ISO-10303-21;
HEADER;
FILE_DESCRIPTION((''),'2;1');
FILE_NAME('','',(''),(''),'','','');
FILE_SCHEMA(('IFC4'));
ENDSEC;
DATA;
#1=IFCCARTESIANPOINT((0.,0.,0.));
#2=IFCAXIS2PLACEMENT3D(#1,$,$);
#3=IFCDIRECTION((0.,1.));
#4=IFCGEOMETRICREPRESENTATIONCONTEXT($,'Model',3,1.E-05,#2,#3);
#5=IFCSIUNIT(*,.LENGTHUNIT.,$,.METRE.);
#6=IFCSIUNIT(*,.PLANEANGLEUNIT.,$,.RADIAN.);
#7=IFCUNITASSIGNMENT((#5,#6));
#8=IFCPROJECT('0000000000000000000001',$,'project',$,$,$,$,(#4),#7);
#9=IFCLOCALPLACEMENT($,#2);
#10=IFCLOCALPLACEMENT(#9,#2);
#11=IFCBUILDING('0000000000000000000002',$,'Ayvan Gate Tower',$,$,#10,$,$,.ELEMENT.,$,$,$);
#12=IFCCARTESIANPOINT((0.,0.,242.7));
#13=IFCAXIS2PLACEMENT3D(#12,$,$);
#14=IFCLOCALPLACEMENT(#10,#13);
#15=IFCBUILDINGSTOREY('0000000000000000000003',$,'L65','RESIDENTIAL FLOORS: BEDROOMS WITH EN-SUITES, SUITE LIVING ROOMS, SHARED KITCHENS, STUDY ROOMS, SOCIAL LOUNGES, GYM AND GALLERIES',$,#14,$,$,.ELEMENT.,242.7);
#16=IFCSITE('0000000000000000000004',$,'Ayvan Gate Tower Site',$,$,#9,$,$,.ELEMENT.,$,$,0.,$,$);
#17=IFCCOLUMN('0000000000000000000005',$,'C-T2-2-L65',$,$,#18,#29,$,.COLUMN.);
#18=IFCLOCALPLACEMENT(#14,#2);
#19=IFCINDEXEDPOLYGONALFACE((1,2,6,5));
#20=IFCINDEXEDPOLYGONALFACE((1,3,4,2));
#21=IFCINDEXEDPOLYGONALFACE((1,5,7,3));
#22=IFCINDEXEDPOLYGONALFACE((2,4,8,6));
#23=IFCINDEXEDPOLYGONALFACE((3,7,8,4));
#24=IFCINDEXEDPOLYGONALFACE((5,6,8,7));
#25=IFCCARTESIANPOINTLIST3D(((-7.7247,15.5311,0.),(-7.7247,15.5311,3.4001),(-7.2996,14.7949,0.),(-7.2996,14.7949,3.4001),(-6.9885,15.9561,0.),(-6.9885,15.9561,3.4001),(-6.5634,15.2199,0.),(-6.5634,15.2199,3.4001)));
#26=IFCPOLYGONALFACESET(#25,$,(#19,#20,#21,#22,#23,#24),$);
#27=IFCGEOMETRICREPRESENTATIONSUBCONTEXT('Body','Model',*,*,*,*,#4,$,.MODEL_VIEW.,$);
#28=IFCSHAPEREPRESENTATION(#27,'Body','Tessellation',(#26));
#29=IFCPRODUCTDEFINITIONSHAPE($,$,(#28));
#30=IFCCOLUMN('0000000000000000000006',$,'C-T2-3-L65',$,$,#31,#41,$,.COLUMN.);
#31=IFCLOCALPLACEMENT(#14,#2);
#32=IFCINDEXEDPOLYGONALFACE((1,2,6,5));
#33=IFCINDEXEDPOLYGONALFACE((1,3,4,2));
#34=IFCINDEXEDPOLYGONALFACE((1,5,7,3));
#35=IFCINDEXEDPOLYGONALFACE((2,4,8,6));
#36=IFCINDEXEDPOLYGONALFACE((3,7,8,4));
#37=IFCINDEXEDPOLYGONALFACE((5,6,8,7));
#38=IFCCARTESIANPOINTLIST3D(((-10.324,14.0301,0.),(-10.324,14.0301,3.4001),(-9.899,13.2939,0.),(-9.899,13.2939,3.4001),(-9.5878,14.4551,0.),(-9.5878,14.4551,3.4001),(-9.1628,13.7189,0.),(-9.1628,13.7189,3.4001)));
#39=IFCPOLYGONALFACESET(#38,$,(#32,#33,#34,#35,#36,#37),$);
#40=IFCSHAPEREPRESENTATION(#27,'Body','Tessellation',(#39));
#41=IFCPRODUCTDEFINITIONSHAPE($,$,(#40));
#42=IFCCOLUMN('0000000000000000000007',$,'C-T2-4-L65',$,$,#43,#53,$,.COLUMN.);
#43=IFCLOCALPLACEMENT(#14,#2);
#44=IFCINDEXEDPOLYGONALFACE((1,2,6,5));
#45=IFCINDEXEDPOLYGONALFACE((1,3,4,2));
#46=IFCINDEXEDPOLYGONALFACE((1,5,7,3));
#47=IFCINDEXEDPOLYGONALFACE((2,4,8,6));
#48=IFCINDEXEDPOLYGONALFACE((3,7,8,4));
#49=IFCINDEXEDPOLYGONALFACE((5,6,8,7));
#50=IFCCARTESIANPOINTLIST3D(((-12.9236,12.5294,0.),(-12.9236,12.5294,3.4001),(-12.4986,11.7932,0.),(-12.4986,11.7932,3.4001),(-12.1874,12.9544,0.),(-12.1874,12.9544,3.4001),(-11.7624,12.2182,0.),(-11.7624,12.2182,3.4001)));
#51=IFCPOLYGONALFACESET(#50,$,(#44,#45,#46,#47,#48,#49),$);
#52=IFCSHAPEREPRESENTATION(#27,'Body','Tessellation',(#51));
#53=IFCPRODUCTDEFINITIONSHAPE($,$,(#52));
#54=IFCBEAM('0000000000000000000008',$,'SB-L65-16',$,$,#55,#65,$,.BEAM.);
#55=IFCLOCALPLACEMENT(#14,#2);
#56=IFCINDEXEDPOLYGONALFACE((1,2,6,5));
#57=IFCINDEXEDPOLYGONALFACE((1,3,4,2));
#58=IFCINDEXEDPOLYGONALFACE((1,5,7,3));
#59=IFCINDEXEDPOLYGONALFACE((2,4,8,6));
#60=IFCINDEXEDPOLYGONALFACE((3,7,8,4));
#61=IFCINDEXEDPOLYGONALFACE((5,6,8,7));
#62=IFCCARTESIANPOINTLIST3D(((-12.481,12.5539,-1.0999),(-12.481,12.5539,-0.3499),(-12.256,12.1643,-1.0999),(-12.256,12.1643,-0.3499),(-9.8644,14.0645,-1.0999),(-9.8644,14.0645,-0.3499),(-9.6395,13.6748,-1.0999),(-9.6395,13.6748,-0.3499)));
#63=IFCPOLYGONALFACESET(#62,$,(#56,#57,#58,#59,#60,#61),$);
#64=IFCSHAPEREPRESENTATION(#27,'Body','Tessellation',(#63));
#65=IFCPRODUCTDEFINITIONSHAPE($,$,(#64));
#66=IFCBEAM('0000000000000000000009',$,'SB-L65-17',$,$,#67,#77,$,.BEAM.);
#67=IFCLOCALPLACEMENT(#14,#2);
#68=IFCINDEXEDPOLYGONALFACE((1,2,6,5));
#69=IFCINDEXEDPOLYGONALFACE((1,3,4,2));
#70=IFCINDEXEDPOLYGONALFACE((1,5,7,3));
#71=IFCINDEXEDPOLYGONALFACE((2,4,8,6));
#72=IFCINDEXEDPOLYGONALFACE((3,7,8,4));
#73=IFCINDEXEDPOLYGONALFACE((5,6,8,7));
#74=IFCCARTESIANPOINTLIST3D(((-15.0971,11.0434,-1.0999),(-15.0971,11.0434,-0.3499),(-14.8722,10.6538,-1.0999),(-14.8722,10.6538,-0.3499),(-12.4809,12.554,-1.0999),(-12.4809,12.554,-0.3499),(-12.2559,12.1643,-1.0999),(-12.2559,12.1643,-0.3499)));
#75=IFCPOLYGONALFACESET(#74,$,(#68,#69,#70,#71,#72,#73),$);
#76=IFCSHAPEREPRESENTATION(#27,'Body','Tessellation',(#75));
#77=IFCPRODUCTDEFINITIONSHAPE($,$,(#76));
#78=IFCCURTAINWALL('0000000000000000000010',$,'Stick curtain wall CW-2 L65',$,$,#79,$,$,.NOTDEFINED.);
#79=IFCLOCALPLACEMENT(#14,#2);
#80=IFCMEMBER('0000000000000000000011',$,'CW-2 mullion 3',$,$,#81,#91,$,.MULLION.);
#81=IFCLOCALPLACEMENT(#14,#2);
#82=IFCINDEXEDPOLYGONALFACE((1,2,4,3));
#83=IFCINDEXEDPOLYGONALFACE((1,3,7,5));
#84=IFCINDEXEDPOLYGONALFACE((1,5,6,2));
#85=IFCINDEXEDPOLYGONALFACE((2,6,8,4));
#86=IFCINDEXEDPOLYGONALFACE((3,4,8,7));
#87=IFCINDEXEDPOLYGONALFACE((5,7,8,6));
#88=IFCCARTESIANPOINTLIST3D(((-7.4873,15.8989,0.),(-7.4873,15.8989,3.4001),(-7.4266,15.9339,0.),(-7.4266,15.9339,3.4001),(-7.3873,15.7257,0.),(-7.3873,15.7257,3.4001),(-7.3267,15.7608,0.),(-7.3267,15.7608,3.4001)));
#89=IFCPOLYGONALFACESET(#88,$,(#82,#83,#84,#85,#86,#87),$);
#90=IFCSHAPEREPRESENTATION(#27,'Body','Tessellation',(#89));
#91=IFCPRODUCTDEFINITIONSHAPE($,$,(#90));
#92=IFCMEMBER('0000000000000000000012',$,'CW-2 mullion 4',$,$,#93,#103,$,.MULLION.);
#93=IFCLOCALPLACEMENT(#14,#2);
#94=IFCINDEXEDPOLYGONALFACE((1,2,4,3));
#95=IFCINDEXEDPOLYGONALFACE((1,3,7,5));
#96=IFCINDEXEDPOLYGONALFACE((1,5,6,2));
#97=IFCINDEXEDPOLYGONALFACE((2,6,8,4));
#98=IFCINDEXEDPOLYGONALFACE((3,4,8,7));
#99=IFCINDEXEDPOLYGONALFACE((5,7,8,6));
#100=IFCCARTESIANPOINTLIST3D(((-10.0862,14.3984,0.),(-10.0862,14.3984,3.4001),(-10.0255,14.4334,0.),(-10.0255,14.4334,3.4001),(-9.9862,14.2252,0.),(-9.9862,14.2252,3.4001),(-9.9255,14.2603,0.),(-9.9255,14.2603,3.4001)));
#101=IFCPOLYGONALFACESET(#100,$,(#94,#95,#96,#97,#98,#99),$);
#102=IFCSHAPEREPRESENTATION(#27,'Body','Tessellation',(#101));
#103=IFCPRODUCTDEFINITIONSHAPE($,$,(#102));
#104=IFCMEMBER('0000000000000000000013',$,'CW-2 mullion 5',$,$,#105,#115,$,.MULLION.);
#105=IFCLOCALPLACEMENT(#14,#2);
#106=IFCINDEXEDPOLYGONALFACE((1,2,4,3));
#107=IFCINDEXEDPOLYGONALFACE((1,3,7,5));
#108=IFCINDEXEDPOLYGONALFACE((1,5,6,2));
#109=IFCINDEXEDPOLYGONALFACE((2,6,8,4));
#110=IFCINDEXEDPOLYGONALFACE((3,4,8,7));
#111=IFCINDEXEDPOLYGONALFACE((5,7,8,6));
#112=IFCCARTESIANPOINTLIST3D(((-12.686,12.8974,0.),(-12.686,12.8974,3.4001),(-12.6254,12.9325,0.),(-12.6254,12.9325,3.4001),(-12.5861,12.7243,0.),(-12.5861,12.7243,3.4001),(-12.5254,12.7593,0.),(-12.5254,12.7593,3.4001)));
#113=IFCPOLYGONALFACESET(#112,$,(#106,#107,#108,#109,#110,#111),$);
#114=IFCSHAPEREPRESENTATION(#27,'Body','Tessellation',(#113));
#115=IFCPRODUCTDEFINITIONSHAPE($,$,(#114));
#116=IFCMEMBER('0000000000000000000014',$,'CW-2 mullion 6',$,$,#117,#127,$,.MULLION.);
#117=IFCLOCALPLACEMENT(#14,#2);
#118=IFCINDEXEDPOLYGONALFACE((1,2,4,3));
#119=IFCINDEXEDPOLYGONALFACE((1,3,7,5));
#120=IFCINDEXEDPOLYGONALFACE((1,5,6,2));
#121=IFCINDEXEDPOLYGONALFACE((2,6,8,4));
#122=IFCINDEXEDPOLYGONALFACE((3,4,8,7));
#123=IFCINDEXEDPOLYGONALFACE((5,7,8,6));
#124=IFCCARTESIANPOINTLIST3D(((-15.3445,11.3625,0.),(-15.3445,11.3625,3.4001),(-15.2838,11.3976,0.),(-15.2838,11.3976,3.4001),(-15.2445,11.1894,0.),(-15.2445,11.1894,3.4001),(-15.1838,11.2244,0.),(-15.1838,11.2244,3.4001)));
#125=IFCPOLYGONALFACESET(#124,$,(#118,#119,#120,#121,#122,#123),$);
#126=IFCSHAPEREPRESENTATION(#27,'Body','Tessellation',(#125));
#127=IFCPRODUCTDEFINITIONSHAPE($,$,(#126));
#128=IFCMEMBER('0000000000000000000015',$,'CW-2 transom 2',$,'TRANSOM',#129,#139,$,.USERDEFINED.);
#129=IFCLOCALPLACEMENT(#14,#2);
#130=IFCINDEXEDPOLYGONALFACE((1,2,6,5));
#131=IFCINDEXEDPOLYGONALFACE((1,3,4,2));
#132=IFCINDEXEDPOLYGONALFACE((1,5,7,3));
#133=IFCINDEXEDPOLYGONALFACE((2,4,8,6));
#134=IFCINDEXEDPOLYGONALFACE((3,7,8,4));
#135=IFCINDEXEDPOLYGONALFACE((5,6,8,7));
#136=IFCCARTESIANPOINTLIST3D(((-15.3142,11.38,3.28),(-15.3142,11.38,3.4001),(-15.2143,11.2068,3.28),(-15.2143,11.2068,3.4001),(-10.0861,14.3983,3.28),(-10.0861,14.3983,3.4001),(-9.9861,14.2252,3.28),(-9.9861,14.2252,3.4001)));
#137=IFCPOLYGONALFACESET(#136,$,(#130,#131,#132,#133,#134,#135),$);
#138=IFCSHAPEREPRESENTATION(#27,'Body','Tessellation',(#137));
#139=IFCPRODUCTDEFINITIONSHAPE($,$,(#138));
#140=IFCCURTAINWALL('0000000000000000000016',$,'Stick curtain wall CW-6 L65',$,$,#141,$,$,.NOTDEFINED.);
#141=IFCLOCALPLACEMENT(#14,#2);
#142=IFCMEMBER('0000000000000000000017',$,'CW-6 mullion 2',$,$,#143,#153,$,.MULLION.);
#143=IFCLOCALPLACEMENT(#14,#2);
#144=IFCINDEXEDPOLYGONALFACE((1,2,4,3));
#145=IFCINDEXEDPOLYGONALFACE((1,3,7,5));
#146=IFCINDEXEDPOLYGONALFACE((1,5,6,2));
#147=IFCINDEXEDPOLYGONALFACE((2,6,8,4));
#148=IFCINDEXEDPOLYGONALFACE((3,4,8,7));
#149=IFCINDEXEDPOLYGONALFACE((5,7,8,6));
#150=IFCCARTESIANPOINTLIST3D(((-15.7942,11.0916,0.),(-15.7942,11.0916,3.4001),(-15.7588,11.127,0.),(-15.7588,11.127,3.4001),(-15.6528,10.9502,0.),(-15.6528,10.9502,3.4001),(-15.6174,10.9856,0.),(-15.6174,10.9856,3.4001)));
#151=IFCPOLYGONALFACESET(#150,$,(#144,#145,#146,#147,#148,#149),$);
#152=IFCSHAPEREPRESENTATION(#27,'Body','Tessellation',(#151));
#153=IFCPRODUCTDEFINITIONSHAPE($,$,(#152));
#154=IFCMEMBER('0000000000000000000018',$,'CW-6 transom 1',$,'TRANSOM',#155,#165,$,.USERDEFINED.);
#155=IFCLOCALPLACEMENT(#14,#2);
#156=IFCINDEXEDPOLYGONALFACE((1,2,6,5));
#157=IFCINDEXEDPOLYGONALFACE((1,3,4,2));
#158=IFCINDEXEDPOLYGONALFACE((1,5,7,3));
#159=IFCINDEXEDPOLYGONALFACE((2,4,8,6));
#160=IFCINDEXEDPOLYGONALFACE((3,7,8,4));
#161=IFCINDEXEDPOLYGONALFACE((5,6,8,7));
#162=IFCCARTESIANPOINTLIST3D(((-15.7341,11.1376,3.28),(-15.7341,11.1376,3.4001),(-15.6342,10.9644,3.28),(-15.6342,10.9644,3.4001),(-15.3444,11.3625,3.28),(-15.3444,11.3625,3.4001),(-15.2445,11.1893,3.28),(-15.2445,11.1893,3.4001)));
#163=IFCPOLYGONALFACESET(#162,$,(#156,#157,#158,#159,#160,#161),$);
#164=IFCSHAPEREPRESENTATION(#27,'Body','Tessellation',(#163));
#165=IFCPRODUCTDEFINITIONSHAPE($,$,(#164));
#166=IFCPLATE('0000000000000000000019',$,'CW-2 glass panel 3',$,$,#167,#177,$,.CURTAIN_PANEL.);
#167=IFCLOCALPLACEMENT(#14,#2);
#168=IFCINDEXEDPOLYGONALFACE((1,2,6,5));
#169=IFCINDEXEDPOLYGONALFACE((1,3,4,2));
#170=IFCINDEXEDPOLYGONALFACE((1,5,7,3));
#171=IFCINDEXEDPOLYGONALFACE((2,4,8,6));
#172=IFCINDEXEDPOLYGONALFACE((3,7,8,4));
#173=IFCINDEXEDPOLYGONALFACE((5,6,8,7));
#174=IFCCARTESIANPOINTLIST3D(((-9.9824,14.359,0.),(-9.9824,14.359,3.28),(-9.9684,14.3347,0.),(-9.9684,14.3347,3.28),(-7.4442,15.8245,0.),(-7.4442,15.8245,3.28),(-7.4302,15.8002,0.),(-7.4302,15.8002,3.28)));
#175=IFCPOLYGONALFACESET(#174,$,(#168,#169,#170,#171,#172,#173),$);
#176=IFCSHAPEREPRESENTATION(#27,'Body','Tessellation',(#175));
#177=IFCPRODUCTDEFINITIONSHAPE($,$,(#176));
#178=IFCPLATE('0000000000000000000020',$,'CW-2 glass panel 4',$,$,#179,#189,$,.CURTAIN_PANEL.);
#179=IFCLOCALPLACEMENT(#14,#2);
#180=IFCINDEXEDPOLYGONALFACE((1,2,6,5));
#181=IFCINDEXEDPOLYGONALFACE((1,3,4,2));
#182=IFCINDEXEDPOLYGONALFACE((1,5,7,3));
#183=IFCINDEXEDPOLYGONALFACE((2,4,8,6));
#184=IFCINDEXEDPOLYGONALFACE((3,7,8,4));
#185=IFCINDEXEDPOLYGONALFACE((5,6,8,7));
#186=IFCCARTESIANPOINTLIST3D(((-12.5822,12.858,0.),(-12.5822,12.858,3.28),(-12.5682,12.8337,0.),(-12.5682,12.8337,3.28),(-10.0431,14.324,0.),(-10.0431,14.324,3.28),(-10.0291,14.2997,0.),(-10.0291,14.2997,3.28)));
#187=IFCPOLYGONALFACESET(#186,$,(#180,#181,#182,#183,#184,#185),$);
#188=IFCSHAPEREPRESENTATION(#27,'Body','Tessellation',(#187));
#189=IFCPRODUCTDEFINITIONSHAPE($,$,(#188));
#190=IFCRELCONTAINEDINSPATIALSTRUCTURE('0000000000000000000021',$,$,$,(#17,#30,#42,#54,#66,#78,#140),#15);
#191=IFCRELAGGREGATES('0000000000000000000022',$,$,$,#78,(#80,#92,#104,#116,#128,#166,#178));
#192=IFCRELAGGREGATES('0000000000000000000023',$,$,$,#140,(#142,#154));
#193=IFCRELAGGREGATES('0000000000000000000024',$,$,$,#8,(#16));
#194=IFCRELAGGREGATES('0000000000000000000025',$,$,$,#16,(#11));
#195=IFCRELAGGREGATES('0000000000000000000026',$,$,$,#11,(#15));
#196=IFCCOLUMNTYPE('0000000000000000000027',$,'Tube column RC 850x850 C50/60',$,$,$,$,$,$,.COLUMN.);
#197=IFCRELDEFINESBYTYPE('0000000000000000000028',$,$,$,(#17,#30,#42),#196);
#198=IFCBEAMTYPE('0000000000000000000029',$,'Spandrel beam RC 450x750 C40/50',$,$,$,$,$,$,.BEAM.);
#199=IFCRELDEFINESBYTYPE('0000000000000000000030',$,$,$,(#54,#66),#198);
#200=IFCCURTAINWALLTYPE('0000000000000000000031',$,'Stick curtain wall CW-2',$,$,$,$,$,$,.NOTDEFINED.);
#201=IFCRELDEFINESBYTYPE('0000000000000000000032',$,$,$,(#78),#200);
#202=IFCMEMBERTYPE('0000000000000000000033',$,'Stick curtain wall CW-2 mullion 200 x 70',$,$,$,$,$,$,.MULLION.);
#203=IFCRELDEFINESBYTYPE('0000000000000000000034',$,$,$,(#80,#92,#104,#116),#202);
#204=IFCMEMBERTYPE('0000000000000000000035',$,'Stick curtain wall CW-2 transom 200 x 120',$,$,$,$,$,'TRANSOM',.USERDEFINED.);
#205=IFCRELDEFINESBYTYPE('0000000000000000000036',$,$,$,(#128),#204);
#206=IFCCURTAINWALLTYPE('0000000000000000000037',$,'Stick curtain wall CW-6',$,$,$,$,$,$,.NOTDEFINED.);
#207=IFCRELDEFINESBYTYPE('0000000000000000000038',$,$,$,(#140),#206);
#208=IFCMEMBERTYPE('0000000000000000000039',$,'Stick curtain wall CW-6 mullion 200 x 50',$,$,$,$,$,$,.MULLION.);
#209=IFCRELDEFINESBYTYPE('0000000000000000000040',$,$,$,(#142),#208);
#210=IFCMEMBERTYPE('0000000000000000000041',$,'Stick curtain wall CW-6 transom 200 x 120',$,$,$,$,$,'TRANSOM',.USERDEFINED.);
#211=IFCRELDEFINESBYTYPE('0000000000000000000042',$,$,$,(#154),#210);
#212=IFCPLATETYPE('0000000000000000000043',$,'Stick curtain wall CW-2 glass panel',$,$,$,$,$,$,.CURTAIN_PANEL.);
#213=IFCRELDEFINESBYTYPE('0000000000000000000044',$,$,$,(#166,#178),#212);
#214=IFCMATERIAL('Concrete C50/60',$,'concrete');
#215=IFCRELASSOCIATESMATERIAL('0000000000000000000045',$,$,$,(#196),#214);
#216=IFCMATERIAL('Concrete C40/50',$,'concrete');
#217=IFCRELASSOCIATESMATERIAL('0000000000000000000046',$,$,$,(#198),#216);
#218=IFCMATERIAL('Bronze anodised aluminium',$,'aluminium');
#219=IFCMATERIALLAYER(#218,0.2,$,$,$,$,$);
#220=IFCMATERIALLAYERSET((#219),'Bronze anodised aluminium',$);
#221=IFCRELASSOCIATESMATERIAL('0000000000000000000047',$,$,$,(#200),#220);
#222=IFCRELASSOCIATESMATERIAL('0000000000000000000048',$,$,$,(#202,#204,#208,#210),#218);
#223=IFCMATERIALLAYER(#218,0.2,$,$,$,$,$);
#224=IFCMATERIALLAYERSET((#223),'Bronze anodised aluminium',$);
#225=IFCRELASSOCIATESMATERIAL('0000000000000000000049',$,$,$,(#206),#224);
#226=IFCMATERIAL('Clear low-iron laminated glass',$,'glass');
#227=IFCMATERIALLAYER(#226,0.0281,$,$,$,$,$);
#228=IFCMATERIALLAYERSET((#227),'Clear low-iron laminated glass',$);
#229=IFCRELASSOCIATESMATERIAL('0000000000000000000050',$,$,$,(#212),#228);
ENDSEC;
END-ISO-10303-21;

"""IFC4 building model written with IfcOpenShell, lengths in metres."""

from ifc_helpers import new_model, si_unit, direction, frame, origin, origin_2d, place, context, subcontext, project, spatial, rectangle, extrude, material, layer, layer_set, material_profile, profile_set, type_object, element, aggregate, save


model = new_model("IFC4")

# Units and contexts
model_context = context("Model", 3, precision=1e-05, world=origin(), true_north=direction((0.0, 1.0)))
body_context = subcontext(model_context, "Body", "Model", "MODEL_VIEW")
ifc_project = project(units=[si_unit("LENGTHUNIT", "METRE"), si_unit("PLANEANGLEUNIT", "RADIAN")], contexts=[model_context])

# Site, building, storey
site_placement = place(None, origin())
site = spatial("IfcSite", under=ifc_project, at=site_placement, Name="Ayvan Gate Tower Site", CompositionType="ELEMENT", RefElevation=0.0)
building_placement = place(site_placement, origin())
building = spatial("IfcBuilding", under=site, at=building_placement, Name="Ayvan Gate Tower", CompositionType="ELEMENT")
storey_placement = place(building_placement, frame((0.0, 0.0, 242.7)))
storey = spatial("IfcBuildingStorey", under=building, at=storey_placement, Name="L65", Description="RESIDENTIAL FLOORS: BEDROOMS WITH EN-SUITES, SUITE LIVING ROOMS, SHARED KITCHENS, STUDY ROOMS, SOCIAL LOUNGES, GYM AND GALLERIES", CompositionType="ELEMENT", Elevation=242.7)

# Columns
ifc_material_1 = material(Name="Concrete C50/60", Category="concrete")
ifc_material_profile_1 = material_profile(ifc_material_1, rectangle(XDim=0.8501, YDim=0.8501, at=origin_2d()), Name="RC 850x850")
ifc_profile_set_1 = profile_set([ifc_material_profile_1], Name="Concrete C50/60")
column_type = type_object("IfcColumnType", Name="Tube column RC 850x850 C50/60", PredefinedType="COLUMN", material=ifc_profile_set_1)
for number, where, z_axis, x_axis, name in (
    (1, (-7.144, 15.3755, 0.0), (0.0, 0.0, 1.0), (-0.5, 0.866025, 0.0), "C-T2-2-L65"),
    (2, (-9.7434, 13.8745, 0.0), (0.0, 0.0, 1.0), (-0.5, 0.866025, 0.0), "C-T2-3-L65"),
    (3, (-12.343, 12.3738, 0.0), (0.0, 0.0, 1.0), (-0.5, 0.866025, 0.0), "C-T2-4-L65"),
):
    element("IfcColumn", number, at=place(storey_placement, frame(where, z_axis=z_axis, x_axis=x_axis)), inside=storey, type_object=column_type, Name=name, PredefinedType="COLUMN", context=body_context, shape_type="SweptSolid", body=[
        extrude(rectangle(XDim=0.8501, YDim=0.8501, at=origin_2d()), origin(), (0.0, 0.0, 1.0), 3.4001),
    ])

# Beams
ifc_material_2 = material(Name="Concrete C40/50", Category="concrete")
ifc_material_profile_2 = material_profile(ifc_material_2, rectangle(XDim=0.45, YDim=0.75, at=origin_2d()), Name="RC 450x750")
ifc_profile_set_2 = profile_set([ifc_material_profile_2], Name="Concrete C40/50")
beam_type = type_object("IfcBeamType", Name="Spandrel beam RC 450x750 C40/50", PredefinedType="BEAM", material=ifc_profile_set_2)
beam_1_placement = place(storey_placement, frame((-9.752, 13.8696, -0.7249), z_axis=(-0.866042, -0.499972, 0.0), x_axis=(0.499972, -0.866042, 0.0)))
element("IfcBeam", 4, at=beam_1_placement, inside=storey, type_object=beam_type, Name="SB-L65-16", PredefinedType="BEAM", context=body_context, shape_type="SweptSolid", body=[
    extrude(rectangle(XDim=0.45, YDim=0.75, at=origin_2d()), origin(), (0.0, 0.0, 1.0), 3.0212),
])
beam_2_placement = place(storey_placement, frame((-12.3684, 12.3591, -0.7249), z_axis=(-0.866021, -0.500007, 0.0), x_axis=(0.500007, -0.866021, 0.0)))
element("IfcBeam", 5, at=beam_2_placement, inside=storey, type_object=beam_type, Name="SB-L65-17", PredefinedType="BEAM", context=body_context, shape_type="SweptSolid", body=[
    extrude(rectangle(XDim=0.45, YDim=0.75, at=origin_2d()), origin(), (0.0, 0.0, 1.0), 3.021),
])

# Curtain walls, members
ifc_material_3 = material(Name="Bronze anodised aluminium", Category="aluminium")
ifc_layer_1 = layer(ifc_material_3, 0.2)
ifc_layer_set_1 = layer_set([ifc_layer_1], Name="Bronze anodised aluminium")
curtain_wall_type_1 = type_object("IfcCurtainWallType", Name="Stick curtain wall CW-2", PredefinedType="NOTDEFINED", material=ifc_layer_set_1)
curtain_wall_1_placement = place(storey_placement, origin())
curtain_wall_1 = element("IfcCurtainWall", 6, at=curtain_wall_1_placement, inside=storey, type_object=curtain_wall_type_1, Name="Stick curtain wall CW-2 L65", PredefinedType="NOTDEFINED")
ifc_material_profile_3 = material_profile(ifc_material_3, rectangle(XDim=0.2, YDim=0.0701, at=origin_2d()), Name="Stick curtain wall CW-2 mullion 200 x 70")
ifc_profile_set_3 = profile_set([ifc_material_profile_3], Name="Bronze anodised aluminium")
member_type_1 = type_object("IfcMemberType", Name="Stick curtain wall CW-2 mullion 200 x 70", PredefinedType="MULLION", material=ifc_profile_set_3)
member_1_placement = place(storey_placement, frame((-7.407, 15.8298, 0.0), z_axis=(0.0, 0.0, 1.0), x_axis=(-0.5, 0.866025, 0.0)))
member_1 = element("IfcMember", 7, at=member_1_placement, type_object=member_type_1, Name="CW-2 mullion 3", PredefinedType="MULLION", context=body_context, shape_type="SweptSolid", body=[
    extrude(rectangle(XDim=0.2, YDim=0.0701, at=origin_2d()), origin(), (0.0, 0.0, 1.0), 3.4001),
])
member_2_placement = place(storey_placement, frame((-10.0059, 14.3293, 0.0), z_axis=(0.0, 0.0, 1.0), x_axis=(-0.5, 0.866025, 0.0)))
member_2 = element("IfcMember", 8, at=member_2_placement, type_object=member_type_1, Name="CW-2 mullion 4", PredefinedType="MULLION", context=body_context, shape_type="SweptSolid", body=[
    extrude(rectangle(XDim=0.2, YDim=0.0701, at=origin_2d()), origin(), (0.0, 0.0, 1.0), 3.4001),
])
member_3_placement = place(storey_placement, frame((-12.6057, 12.8284, 0.0), z_axis=(0.0, 0.0, 1.0), x_axis=(-0.5, 0.866025, 0.0)))
member_3 = element("IfcMember", 9, at=member_3_placement, type_object=member_type_1, Name="CW-2 mullion 5", PredefinedType="MULLION", context=body_context, shape_type="SweptSolid", body=[
    extrude(rectangle(XDim=0.2, YDim=0.0701, at=origin_2d()), origin(), (0.0, 0.0, 1.0), 3.4001),
])
member_4_placement = place(storey_placement, frame((-15.2642, 11.2935, 0.0), z_axis=(0.0, 0.0, 1.0), x_axis=(-0.5, 0.866025, 0.0)))
member_4 = element("IfcMember", 10, at=member_4_placement, type_object=member_type_1, Name="CW-2 mullion 6", PredefinedType="MULLION", context=body_context, shape_type="SweptSolid", body=[
    extrude(rectangle(XDim=0.2, YDim=0.0701, at=origin_2d()), origin(), (0.0, 0.0, 1.0), 3.4001),
])
ifc_material_profile_4 = material_profile(ifc_material_3, rectangle(XDim=0.2, YDim=0.1201, at=origin_2d()), Name="Stick curtain wall CW-2 transom 200 x 120")
ifc_profile_set_4 = profile_set([ifc_material_profile_4], Name="Bronze anodised aluminium")
member_type_2 = type_object("IfcMemberType", Name="Stick curtain wall CW-2 transom 200 x 120", ElementType="TRANSOM", PredefinedType="USERDEFINED", material=ifc_profile_set_4)
member_5_placement = place(storey_placement, frame((-10.0361, 14.3118, 3.3401), z_axis=(-0.866032, -0.499989, 0.0), x_axis=(0.499989, -0.866032, 0.0)))
member_5 = element("IfcMember", 11, at=member_5_placement, type_object=member_type_2, Name="CW-2 transom 2", ObjectType="TRANSOM", PredefinedType="USERDEFINED", context=body_context, shape_type="SweptSolid", body=[
    extrude(rectangle(XDim=0.2, YDim=0.1201, at=origin_2d()), origin(), (0.0, 0.0, 1.0), 6.0369),
])
ifc_layer_2 = layer(ifc_material_3, 0.2)
ifc_layer_set_2 = layer_set([ifc_layer_2], Name="Bronze anodised aluminium")
curtain_wall_type_2 = type_object("IfcCurtainWallType", Name="Stick curtain wall CW-6", PredefinedType="NOTDEFINED", material=ifc_layer_set_2)
curtain_wall_2_placement = place(storey_placement, origin())
curtain_wall_2 = element("IfcCurtainWall", 12, at=curtain_wall_2_placement, inside=storey, type_object=curtain_wall_type_2, Name="Stick curtain wall CW-6 L65", PredefinedType="NOTDEFINED")
ifc_material_profile_5 = material_profile(ifc_material_3, rectangle(XDim=0.2, YDim=0.05, at=origin_2d()), Name="Stick curtain wall CW-6 mullion 200 x 50")
ifc_profile_set_5 = profile_set([ifc_material_profile_5], Name="Bronze anodised aluminium")
member_type_3 = type_object("IfcMemberType", Name="Stick curtain wall CW-6 mullion 200 x 50", PredefinedType="MULLION", material=ifc_profile_set_5)
member_6_placement = place(storey_placement, frame((-15.7058, 11.0386, 0.0), z_axis=(0.0, 0.0, 1.0), x_axis=(-0.707107, 0.707107, 0.0)))
member_6 = element("IfcMember", 13, at=member_6_placement, type_object=member_type_3, Name="CW-6 mullion 2", PredefinedType="MULLION", context=body_context, shape_type="SweptSolid", body=[
    extrude(rectangle(XDim=0.2, YDim=0.05, at=origin_2d()), origin(), (0.0, 0.0, 1.0), 3.4001),
])
ifc_material_profile_6 = material_profile(ifc_material_3, rectangle(XDim=0.2, YDim=0.1201, at=origin_2d()), Name="Stick curtain wall CW-6 transom 200 x 120")
ifc_profile_set_6 = profile_set([ifc_material_profile_6], Name="Bronze anodised aluminium")
member_type_4 = type_object("IfcMemberType", Name="Stick curtain wall CW-6 transom 200 x 120", ElementType="TRANSOM", PredefinedType="USERDEFINED", material=ifc_profile_set_6)
member_7_placement = place(storey_placement, frame((-15.2944, 11.2759, 3.3401), z_axis=(-0.866131, -0.499816, 0.0), x_axis=(0.499816, -0.866131, 0.0)))
member_7 = element("IfcMember", 14, at=member_7_placement, type_object=member_type_4, Name="CW-6 transom 1", ObjectType="TRANSOM", PredefinedType="USERDEFINED", context=body_context, shape_type="SweptSolid", body=[
    extrude(rectangle(XDim=0.2, YDim=0.1201, at=origin_2d()), origin(), (0.0, 0.0, 1.0), 0.45),
])

# Plates
ifc_material_4 = material(Name="Clear low-iron laminated glass", Category="glass")
ifc_layer_3 = layer(ifc_material_4, 0.0281)
ifc_layer_set_3 = layer_set([ifc_layer_3], Name="Clear low-iron laminated glass")
plate_type_1 = type_object("IfcPlateType", Name="Stick curtain wall CW-2 glass panel", PredefinedType="CURTAIN_PANEL", material=ifc_layer_set_3)
plate_1_placement = place(storey_placement, frame((-8.7063, 15.0796, 0.0), z_axis=(0.0, 0.0, 1.0), x_axis=(-0.866025, -0.5, 0.0)))
plate_1 = element("IfcPlate", 15, at=plate_1_placement, type_object=plate_type_1, Name="CW-2 glass panel 3", PredefinedType="CURTAIN_PANEL", context=body_context, shape_type="SweptSolid", body=[
    extrude(rectangle(XDim=2.9309, YDim=0.0281, at=origin_2d()), origin(), (0.0, 0.0, 1.0), 3.28),
])
plate_2_placement = place(storey_placement, frame((-11.3057, 13.5789, 0.0), z_axis=(0.0, 0.0, 1.0), x_axis=(-0.866025, -0.5, 0.0)))
plate_2 = element("IfcPlate", 16, at=plate_2_placement, type_object=plate_type_1, Name="CW-2 glass panel 4", PredefinedType="CURTAIN_PANEL", context=body_context, shape_type="SweptSolid", body=[
    extrude(rectangle(XDim=2.9319, YDim=0.0281, at=origin_2d()), origin(), (0.0, 0.0, 1.0), 3.28),
])
aggregate(curtain_wall_1, [member_1, member_2, member_3, member_4, member_5, plate_1, plate_2])
aggregate(curtain_wall_2, [member_6, member_7])

save(model, "model.ifc")
